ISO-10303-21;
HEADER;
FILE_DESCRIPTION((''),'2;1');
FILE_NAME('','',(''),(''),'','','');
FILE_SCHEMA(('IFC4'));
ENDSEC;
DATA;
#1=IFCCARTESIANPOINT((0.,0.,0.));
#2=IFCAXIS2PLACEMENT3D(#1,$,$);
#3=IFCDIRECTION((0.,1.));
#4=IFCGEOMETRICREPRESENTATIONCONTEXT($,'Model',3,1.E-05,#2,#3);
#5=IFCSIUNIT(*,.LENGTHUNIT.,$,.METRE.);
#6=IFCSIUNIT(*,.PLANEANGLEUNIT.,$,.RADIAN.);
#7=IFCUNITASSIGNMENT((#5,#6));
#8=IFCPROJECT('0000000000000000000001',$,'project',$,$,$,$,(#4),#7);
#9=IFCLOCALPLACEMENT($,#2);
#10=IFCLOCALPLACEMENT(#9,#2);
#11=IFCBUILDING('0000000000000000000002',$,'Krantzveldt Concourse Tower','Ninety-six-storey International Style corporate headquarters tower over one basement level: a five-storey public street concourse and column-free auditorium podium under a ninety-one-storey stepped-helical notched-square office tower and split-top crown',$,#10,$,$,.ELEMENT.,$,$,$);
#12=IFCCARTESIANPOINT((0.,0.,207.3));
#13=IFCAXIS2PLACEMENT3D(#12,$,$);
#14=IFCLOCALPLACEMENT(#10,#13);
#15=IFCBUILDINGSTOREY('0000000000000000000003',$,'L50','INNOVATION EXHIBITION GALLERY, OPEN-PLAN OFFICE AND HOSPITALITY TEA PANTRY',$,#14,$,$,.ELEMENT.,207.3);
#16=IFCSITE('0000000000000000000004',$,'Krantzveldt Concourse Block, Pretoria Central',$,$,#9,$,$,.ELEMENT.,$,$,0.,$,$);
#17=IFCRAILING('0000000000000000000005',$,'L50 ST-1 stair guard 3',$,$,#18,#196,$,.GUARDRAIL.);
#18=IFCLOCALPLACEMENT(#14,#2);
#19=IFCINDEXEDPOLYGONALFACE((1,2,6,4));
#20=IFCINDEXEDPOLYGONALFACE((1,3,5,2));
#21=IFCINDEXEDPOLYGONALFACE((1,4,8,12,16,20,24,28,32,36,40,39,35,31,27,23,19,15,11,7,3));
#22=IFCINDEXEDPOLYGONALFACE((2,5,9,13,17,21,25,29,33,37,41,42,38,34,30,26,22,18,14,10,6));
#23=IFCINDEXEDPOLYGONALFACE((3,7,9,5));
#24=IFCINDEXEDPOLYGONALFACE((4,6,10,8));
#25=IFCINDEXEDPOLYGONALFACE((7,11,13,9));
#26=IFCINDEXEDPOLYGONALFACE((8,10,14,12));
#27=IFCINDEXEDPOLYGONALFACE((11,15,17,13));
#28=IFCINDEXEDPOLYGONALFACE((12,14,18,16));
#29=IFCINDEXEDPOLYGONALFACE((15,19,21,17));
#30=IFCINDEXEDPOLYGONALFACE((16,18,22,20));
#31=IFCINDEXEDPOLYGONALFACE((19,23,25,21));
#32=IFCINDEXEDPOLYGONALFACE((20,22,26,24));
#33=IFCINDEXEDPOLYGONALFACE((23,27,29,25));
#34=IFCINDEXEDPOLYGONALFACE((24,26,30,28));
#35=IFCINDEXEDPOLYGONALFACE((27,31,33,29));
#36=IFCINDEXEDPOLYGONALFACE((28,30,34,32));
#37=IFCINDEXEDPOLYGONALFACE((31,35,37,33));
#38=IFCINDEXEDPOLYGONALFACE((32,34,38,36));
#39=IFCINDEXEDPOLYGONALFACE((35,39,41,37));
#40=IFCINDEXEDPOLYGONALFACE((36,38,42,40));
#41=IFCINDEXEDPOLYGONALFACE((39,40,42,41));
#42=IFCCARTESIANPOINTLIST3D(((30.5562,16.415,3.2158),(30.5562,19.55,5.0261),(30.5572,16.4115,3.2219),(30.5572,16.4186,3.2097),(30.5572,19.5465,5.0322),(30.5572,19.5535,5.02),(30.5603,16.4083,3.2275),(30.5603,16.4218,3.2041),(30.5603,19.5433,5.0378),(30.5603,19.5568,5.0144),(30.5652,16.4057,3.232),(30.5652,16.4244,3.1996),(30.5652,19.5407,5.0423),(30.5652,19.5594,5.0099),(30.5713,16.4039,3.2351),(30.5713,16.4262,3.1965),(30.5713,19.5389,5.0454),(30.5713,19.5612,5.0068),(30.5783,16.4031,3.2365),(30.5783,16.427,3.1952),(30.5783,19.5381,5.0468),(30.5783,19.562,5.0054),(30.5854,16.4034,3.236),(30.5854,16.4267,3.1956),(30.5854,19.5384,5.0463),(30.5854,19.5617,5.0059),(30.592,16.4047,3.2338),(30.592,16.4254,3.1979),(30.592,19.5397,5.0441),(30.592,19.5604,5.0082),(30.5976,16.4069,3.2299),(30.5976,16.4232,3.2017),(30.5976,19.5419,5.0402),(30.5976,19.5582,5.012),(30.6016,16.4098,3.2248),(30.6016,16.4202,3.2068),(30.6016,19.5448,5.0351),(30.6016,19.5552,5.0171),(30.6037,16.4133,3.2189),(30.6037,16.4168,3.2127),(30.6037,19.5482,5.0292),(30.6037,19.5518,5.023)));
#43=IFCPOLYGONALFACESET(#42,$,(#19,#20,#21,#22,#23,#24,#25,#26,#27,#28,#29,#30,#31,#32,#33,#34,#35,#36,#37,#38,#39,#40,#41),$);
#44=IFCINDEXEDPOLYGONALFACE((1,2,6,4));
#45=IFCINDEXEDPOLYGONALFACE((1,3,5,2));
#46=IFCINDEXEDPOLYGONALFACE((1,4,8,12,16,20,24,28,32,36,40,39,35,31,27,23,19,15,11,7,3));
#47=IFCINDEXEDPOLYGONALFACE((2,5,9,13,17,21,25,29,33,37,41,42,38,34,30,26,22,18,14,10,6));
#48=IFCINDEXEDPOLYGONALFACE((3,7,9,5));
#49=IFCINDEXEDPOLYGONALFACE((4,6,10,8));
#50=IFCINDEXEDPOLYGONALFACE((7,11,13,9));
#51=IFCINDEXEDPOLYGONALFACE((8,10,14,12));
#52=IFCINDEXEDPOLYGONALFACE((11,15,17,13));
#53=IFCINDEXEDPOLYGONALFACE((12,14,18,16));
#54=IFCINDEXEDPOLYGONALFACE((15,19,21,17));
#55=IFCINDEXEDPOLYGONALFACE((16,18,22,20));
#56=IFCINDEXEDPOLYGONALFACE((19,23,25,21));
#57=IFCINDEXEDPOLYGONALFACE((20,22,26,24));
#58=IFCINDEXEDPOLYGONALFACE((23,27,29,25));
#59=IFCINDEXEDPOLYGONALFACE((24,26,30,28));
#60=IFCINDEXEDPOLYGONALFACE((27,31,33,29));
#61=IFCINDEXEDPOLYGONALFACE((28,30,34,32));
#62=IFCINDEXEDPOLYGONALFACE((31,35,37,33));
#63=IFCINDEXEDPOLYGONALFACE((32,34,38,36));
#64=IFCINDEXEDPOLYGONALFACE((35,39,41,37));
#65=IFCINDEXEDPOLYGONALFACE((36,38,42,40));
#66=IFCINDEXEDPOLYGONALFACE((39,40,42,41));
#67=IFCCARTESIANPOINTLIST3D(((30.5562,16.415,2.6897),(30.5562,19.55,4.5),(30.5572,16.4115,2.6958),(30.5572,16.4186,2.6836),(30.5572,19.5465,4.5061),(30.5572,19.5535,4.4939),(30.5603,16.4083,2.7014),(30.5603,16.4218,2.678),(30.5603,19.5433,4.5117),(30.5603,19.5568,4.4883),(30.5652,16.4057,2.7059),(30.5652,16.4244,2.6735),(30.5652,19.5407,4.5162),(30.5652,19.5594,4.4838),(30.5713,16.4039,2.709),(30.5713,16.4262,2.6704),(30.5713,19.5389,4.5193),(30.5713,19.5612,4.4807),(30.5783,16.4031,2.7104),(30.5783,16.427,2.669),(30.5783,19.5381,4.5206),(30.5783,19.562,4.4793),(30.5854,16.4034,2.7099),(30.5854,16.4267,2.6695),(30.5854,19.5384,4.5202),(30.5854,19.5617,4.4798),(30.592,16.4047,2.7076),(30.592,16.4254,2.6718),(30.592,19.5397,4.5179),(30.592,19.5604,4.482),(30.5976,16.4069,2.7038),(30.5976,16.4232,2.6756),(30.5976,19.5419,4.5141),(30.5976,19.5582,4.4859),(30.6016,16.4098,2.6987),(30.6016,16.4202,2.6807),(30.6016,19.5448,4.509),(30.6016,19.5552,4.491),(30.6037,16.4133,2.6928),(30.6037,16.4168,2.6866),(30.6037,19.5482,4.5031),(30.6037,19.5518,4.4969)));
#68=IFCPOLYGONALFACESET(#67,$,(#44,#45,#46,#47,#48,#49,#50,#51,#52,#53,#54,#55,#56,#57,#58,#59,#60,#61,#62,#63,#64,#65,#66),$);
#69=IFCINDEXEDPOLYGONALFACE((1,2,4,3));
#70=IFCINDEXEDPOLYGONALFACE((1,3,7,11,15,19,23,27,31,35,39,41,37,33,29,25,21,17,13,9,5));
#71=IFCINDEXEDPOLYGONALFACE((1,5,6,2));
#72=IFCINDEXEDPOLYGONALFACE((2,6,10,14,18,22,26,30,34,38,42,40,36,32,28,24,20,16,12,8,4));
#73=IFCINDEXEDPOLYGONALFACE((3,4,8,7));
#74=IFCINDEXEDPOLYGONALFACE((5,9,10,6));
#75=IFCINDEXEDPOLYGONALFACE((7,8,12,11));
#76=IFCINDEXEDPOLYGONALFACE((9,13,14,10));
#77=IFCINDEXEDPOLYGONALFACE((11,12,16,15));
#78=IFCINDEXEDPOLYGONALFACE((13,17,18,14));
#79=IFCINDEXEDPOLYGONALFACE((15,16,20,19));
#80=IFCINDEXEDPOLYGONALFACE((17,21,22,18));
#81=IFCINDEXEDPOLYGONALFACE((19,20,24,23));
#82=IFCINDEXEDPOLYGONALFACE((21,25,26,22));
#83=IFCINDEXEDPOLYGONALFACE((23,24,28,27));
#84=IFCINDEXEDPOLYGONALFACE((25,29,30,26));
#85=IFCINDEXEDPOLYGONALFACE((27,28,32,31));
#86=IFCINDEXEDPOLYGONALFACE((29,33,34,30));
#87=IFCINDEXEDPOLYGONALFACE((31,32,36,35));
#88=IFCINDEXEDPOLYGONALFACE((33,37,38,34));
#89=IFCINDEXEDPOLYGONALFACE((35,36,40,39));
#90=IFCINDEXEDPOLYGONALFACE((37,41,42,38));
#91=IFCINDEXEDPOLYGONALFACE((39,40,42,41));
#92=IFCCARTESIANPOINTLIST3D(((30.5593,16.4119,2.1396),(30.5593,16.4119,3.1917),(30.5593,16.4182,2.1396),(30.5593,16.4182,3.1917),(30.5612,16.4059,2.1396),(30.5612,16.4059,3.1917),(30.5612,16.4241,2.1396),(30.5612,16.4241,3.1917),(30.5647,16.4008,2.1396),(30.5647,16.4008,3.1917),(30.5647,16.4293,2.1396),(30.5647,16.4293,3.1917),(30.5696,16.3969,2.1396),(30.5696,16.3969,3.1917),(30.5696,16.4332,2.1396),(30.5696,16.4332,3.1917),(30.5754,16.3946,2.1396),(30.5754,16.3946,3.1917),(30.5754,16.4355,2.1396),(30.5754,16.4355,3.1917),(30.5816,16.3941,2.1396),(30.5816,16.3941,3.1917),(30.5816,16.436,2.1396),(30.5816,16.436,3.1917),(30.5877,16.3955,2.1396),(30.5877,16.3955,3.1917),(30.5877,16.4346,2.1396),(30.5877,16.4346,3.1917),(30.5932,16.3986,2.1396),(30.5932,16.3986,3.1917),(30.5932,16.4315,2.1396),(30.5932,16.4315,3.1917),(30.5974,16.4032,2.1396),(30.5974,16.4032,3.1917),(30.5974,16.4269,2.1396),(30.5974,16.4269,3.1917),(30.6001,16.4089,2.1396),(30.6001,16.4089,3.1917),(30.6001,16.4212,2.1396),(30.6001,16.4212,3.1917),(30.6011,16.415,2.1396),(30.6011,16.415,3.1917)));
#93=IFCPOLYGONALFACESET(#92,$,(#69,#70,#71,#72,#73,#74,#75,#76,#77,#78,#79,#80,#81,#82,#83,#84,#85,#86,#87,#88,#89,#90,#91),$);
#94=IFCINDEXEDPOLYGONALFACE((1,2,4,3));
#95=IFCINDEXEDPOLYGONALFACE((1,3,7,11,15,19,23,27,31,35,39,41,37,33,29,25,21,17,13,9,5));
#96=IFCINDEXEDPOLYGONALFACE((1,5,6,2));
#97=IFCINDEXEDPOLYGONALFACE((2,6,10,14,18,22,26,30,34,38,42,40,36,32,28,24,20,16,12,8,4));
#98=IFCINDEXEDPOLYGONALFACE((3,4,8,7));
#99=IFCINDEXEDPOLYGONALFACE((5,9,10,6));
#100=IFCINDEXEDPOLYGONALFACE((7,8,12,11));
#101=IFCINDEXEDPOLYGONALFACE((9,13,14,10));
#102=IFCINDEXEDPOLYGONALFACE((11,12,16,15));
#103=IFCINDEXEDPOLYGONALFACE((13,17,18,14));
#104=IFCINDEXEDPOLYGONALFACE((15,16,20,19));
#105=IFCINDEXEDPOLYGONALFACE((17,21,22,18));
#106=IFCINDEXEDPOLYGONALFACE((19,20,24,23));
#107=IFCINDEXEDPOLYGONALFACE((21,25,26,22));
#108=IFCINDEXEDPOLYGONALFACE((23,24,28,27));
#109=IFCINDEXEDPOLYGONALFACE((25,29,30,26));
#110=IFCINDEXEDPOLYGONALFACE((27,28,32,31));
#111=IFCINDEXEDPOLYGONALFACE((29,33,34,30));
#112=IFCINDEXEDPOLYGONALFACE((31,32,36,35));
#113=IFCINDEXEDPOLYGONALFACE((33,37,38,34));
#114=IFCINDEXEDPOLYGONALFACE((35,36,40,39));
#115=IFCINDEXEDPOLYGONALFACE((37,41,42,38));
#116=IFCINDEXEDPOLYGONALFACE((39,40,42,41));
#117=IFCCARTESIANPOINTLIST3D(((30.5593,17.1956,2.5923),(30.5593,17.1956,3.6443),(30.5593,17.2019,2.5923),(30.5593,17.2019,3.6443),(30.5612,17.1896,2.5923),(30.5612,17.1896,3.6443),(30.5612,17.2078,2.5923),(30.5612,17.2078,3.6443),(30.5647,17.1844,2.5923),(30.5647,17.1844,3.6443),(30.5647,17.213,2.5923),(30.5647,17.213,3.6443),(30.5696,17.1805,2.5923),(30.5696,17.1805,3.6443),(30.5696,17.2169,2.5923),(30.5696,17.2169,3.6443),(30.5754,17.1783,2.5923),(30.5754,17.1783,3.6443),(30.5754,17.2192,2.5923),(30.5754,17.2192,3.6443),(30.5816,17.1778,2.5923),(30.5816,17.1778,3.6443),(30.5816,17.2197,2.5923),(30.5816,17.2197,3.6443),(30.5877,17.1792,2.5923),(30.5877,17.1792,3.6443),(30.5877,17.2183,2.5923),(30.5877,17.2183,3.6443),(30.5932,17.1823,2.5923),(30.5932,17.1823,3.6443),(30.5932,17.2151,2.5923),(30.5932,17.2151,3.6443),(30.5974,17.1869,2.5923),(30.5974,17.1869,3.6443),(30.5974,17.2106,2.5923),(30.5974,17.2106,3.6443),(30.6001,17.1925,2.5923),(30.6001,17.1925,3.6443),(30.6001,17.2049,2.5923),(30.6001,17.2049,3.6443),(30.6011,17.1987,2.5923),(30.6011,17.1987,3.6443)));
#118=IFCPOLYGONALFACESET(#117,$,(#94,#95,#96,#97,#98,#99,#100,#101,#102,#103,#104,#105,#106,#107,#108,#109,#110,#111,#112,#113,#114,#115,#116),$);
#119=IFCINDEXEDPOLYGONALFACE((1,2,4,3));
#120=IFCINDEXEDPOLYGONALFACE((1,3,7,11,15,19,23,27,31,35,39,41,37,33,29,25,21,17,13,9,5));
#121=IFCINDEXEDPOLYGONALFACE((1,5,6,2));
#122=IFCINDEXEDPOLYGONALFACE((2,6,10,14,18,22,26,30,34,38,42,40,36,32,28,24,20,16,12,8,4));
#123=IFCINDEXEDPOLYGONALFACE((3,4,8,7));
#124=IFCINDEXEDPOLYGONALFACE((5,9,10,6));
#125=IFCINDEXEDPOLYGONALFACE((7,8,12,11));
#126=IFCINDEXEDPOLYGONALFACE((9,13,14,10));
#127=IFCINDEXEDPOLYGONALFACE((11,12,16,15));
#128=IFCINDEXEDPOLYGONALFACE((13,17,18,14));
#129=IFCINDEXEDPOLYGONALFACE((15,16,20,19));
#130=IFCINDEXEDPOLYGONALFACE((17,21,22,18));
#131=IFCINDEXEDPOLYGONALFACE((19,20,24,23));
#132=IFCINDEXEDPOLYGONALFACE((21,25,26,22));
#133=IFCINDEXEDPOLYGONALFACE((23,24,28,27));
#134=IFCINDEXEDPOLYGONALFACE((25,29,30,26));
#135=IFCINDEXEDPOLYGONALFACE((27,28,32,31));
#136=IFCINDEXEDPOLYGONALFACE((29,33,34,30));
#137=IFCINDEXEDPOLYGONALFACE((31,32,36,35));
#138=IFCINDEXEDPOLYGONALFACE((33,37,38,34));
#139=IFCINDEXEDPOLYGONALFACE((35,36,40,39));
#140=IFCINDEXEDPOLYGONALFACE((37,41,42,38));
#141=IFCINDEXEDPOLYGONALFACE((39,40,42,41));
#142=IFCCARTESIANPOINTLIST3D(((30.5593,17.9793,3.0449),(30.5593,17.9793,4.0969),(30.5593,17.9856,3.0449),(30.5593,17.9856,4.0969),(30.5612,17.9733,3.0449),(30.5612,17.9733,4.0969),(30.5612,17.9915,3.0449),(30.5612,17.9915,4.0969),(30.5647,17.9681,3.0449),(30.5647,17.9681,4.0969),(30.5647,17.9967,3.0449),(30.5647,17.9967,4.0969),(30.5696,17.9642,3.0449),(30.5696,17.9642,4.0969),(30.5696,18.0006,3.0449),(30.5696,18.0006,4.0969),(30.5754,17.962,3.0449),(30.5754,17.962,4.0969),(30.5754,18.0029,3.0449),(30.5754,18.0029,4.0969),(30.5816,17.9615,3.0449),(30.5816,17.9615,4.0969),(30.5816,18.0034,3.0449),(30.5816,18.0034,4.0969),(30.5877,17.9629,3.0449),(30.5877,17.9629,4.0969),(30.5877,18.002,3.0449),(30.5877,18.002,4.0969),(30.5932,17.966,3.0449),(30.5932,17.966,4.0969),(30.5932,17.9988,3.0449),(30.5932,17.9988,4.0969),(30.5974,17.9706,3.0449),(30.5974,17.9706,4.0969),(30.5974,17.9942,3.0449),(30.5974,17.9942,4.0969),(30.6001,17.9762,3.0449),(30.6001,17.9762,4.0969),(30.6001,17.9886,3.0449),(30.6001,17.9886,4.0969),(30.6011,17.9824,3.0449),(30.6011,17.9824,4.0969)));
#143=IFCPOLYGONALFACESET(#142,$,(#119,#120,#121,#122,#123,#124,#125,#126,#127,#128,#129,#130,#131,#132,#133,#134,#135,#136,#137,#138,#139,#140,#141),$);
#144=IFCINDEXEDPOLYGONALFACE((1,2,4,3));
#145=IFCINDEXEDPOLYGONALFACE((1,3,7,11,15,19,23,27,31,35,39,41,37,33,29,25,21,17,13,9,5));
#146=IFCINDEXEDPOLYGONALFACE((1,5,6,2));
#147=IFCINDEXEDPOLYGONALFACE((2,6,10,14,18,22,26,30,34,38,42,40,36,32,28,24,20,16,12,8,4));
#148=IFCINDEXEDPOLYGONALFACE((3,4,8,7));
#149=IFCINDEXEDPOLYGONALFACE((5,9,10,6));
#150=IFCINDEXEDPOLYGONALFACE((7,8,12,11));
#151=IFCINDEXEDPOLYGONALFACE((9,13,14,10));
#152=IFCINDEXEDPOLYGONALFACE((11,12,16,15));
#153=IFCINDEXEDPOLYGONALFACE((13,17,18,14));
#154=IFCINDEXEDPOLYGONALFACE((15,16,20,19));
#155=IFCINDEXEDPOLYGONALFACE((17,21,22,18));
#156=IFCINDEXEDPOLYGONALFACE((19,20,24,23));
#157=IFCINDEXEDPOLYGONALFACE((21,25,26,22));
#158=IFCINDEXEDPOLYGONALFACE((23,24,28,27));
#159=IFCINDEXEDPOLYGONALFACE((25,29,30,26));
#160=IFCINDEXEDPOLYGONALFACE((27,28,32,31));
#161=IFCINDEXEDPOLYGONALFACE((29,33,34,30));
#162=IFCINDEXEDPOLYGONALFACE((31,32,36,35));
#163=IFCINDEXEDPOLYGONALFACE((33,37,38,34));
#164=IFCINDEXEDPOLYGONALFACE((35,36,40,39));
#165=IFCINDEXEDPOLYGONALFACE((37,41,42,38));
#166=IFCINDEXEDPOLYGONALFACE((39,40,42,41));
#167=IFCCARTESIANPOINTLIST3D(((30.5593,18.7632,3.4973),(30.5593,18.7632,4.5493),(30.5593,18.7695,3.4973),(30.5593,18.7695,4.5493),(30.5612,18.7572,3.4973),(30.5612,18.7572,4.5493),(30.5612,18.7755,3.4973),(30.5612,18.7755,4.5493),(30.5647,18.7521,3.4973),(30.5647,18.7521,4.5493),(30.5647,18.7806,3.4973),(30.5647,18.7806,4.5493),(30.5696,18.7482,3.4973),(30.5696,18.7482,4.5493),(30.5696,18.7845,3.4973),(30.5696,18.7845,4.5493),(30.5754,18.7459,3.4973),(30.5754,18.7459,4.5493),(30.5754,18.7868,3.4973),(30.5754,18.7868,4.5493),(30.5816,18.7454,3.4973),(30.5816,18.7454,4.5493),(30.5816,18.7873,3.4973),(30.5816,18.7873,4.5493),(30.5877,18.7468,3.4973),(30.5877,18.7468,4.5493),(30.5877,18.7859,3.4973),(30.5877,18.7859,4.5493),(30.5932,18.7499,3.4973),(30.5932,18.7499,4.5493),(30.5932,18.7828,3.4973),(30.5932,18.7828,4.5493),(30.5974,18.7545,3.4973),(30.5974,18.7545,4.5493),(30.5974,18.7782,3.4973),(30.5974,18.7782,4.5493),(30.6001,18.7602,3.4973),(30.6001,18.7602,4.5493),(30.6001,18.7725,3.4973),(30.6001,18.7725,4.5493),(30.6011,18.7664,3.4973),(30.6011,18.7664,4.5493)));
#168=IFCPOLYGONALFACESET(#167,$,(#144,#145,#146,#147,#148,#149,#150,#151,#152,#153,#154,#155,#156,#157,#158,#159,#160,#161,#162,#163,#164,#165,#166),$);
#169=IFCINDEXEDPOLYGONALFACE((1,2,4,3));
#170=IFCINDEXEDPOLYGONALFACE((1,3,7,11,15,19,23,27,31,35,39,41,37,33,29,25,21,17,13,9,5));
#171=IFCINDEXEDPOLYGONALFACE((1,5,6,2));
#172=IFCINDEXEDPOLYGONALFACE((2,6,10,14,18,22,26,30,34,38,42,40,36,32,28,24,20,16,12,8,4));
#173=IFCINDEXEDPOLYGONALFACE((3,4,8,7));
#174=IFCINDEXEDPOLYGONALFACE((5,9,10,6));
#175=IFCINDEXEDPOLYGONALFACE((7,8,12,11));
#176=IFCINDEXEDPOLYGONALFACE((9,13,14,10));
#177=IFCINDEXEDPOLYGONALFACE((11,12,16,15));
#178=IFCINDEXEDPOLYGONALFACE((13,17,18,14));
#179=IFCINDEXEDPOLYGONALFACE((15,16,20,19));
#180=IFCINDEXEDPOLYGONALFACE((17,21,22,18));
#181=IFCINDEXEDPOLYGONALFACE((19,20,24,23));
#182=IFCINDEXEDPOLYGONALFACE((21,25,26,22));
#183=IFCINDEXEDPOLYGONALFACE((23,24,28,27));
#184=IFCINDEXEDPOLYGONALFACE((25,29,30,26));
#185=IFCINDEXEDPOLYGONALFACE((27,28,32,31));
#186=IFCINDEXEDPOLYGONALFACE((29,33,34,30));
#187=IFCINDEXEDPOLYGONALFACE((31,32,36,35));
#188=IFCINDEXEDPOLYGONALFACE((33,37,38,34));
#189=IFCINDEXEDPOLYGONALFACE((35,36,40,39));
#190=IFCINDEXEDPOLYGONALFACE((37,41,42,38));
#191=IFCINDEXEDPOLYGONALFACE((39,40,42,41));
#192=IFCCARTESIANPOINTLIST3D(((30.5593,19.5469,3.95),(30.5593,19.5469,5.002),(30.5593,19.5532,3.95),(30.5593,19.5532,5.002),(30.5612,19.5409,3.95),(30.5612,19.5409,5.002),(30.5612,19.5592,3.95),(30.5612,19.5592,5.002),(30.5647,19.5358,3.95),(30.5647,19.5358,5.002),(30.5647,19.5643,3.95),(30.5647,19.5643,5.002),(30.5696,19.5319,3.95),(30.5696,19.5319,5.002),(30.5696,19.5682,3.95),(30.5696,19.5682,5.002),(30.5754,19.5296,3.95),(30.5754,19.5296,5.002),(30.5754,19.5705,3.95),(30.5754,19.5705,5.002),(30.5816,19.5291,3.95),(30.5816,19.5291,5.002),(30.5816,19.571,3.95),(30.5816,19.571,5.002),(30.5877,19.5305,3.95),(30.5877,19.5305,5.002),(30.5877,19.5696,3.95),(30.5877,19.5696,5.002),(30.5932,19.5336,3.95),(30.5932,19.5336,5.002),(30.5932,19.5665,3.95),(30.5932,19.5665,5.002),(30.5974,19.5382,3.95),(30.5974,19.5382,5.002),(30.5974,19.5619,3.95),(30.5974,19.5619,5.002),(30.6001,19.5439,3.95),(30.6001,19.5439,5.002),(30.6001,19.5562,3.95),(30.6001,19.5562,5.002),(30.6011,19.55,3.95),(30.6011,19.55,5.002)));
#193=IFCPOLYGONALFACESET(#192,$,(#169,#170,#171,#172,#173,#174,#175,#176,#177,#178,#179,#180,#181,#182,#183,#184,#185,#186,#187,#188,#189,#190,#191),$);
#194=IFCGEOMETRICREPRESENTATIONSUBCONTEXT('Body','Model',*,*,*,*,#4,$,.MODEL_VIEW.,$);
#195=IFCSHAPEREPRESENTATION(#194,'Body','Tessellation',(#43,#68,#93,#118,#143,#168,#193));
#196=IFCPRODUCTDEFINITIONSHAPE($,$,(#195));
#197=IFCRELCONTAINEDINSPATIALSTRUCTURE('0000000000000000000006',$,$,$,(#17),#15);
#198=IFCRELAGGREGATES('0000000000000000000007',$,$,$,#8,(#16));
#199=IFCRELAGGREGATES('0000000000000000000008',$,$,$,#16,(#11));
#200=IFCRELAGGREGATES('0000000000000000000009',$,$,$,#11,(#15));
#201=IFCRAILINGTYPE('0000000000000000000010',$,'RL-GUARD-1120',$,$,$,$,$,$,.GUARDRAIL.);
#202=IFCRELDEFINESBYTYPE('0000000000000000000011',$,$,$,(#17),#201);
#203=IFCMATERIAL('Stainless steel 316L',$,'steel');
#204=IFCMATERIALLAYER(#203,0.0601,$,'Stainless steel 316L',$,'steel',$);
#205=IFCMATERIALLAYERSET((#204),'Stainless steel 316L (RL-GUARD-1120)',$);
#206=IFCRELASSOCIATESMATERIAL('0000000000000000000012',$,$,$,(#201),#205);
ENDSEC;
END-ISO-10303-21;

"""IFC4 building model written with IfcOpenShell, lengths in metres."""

from ifc_helpers import new_model, si_unit, direction, frame, origin, origin_2d, place, context, subcontext, project, spatial, circle, extrude, material, layer, layer_set, type_object, element, save


model = new_model("IFC4")

# Units and contexts
model_context = context("Model", 3, precision=1e-05, world=origin(), true_north=direction((0.0, 1.0)))
body_context = subcontext(model_context, "Body", "Model", "MODEL_VIEW")
ifc_project = project(units=[si_unit("LENGTHUNIT", "METRE"), si_unit("PLANEANGLEUNIT", "RADIAN")], contexts=[model_context])

# Site, building, storey
site_placement = place(None, origin())
site = spatial("IfcSite", under=ifc_project, at=site_placement, Name="Krantzveldt Concourse Block, Pretoria Central", CompositionType="ELEMENT", RefElevation=0.0)
building_placement = place(site_placement, origin())
building = spatial("IfcBuilding", under=site, at=building_placement, Name="Krantzveldt Concourse Tower", Description="Ninety-six-storey International Style corporate headquarters tower over one basement level: a five-storey public street concourse and column-free auditorium podium under a ninety-one-storey stepped-helical notched-square office tower and split-top crown", CompositionType="ELEMENT")
storey_placement = place(building_placement, frame((0.0, 0.0, 207.3)))
storey = spatial("IfcBuildingStorey", under=building, at=storey_placement, Name="L50", Description="INNOVATION EXHIBITION GALLERY, OPEN-PLAN OFFICE AND HOSPITALITY TEA PANTRY", CompositionType="ELEMENT", Elevation=207.3)

# Shared definitions
ifc_material_1 = material(Name="Stainless steel 316L", Category="steel")

# Railing
ifc_layer_1 = layer(ifc_material_1, 0.0601, Name="Stainless steel 316L", Category="steel")
ifc_layer_set_1 = layer_set([ifc_layer_1], Name="Stainless steel 316L (RL-GUARD-1120)")
railing_type_1 = type_object("IfcRailingType", Name="RL-GUARD-1120", PredefinedType="GUARDRAIL", material=ifc_layer_set_1)
railing_1_placement = place(storey_placement, frame((30.5801, 16.415, 2.1396)))
element("IfcRailing", 1, at=railing_1_placement, inside=storey, type_object=railing_type_1, Name="L50 ST-1 stair guard 3", PredefinedType="GUARDRAIL", context=body_context, shape_type="SweptSolid", body=[
    extrude(circle(Radius=0.0239, at=origin_2d()), frame((0.0, 0.0, 1.0762), z_axis=(0.0, 0.865989, 0.500063), x_axis=(-1.0, 0.0, 0.0)), (0.0, 0.0, 1.0), 3.6201),
    extrude(circle(Radius=0.0239, at=origin_2d()), frame((0.0, 0.0, 0.55), z_axis=(0.0, 0.865989, 0.500063), x_axis=(-1.0, 0.0, 0.0)), (0.0, 0.0, 1.0), 3.6201),
    extrude(circle(Radius=0.021, at=origin_2d()), origin(), (0.0, 0.0, 1.0), 1.052),
    extrude(circle(Radius=0.021, at=origin_2d()), frame((0.0, 0.7837, 0.4526)), (0.0, 0.0, 1.0), 1.052),
    extrude(circle(Radius=0.021, at=origin_2d()), frame((0.0, 1.5674, 0.9053)), (0.0, 0.0, 1.0), 1.052),
    extrude(circle(Radius=0.021, at=origin_2d()), frame((0.0, 2.3513, 1.3577)), (0.0, 0.0, 1.0), 1.052),
    extrude(circle(Radius=0.021, at=origin_2d()), frame((0.0, 3.135, 1.8103)), (0.0, 0.0, 1.0), 1.052),
])

save(model, "model.ifc")
